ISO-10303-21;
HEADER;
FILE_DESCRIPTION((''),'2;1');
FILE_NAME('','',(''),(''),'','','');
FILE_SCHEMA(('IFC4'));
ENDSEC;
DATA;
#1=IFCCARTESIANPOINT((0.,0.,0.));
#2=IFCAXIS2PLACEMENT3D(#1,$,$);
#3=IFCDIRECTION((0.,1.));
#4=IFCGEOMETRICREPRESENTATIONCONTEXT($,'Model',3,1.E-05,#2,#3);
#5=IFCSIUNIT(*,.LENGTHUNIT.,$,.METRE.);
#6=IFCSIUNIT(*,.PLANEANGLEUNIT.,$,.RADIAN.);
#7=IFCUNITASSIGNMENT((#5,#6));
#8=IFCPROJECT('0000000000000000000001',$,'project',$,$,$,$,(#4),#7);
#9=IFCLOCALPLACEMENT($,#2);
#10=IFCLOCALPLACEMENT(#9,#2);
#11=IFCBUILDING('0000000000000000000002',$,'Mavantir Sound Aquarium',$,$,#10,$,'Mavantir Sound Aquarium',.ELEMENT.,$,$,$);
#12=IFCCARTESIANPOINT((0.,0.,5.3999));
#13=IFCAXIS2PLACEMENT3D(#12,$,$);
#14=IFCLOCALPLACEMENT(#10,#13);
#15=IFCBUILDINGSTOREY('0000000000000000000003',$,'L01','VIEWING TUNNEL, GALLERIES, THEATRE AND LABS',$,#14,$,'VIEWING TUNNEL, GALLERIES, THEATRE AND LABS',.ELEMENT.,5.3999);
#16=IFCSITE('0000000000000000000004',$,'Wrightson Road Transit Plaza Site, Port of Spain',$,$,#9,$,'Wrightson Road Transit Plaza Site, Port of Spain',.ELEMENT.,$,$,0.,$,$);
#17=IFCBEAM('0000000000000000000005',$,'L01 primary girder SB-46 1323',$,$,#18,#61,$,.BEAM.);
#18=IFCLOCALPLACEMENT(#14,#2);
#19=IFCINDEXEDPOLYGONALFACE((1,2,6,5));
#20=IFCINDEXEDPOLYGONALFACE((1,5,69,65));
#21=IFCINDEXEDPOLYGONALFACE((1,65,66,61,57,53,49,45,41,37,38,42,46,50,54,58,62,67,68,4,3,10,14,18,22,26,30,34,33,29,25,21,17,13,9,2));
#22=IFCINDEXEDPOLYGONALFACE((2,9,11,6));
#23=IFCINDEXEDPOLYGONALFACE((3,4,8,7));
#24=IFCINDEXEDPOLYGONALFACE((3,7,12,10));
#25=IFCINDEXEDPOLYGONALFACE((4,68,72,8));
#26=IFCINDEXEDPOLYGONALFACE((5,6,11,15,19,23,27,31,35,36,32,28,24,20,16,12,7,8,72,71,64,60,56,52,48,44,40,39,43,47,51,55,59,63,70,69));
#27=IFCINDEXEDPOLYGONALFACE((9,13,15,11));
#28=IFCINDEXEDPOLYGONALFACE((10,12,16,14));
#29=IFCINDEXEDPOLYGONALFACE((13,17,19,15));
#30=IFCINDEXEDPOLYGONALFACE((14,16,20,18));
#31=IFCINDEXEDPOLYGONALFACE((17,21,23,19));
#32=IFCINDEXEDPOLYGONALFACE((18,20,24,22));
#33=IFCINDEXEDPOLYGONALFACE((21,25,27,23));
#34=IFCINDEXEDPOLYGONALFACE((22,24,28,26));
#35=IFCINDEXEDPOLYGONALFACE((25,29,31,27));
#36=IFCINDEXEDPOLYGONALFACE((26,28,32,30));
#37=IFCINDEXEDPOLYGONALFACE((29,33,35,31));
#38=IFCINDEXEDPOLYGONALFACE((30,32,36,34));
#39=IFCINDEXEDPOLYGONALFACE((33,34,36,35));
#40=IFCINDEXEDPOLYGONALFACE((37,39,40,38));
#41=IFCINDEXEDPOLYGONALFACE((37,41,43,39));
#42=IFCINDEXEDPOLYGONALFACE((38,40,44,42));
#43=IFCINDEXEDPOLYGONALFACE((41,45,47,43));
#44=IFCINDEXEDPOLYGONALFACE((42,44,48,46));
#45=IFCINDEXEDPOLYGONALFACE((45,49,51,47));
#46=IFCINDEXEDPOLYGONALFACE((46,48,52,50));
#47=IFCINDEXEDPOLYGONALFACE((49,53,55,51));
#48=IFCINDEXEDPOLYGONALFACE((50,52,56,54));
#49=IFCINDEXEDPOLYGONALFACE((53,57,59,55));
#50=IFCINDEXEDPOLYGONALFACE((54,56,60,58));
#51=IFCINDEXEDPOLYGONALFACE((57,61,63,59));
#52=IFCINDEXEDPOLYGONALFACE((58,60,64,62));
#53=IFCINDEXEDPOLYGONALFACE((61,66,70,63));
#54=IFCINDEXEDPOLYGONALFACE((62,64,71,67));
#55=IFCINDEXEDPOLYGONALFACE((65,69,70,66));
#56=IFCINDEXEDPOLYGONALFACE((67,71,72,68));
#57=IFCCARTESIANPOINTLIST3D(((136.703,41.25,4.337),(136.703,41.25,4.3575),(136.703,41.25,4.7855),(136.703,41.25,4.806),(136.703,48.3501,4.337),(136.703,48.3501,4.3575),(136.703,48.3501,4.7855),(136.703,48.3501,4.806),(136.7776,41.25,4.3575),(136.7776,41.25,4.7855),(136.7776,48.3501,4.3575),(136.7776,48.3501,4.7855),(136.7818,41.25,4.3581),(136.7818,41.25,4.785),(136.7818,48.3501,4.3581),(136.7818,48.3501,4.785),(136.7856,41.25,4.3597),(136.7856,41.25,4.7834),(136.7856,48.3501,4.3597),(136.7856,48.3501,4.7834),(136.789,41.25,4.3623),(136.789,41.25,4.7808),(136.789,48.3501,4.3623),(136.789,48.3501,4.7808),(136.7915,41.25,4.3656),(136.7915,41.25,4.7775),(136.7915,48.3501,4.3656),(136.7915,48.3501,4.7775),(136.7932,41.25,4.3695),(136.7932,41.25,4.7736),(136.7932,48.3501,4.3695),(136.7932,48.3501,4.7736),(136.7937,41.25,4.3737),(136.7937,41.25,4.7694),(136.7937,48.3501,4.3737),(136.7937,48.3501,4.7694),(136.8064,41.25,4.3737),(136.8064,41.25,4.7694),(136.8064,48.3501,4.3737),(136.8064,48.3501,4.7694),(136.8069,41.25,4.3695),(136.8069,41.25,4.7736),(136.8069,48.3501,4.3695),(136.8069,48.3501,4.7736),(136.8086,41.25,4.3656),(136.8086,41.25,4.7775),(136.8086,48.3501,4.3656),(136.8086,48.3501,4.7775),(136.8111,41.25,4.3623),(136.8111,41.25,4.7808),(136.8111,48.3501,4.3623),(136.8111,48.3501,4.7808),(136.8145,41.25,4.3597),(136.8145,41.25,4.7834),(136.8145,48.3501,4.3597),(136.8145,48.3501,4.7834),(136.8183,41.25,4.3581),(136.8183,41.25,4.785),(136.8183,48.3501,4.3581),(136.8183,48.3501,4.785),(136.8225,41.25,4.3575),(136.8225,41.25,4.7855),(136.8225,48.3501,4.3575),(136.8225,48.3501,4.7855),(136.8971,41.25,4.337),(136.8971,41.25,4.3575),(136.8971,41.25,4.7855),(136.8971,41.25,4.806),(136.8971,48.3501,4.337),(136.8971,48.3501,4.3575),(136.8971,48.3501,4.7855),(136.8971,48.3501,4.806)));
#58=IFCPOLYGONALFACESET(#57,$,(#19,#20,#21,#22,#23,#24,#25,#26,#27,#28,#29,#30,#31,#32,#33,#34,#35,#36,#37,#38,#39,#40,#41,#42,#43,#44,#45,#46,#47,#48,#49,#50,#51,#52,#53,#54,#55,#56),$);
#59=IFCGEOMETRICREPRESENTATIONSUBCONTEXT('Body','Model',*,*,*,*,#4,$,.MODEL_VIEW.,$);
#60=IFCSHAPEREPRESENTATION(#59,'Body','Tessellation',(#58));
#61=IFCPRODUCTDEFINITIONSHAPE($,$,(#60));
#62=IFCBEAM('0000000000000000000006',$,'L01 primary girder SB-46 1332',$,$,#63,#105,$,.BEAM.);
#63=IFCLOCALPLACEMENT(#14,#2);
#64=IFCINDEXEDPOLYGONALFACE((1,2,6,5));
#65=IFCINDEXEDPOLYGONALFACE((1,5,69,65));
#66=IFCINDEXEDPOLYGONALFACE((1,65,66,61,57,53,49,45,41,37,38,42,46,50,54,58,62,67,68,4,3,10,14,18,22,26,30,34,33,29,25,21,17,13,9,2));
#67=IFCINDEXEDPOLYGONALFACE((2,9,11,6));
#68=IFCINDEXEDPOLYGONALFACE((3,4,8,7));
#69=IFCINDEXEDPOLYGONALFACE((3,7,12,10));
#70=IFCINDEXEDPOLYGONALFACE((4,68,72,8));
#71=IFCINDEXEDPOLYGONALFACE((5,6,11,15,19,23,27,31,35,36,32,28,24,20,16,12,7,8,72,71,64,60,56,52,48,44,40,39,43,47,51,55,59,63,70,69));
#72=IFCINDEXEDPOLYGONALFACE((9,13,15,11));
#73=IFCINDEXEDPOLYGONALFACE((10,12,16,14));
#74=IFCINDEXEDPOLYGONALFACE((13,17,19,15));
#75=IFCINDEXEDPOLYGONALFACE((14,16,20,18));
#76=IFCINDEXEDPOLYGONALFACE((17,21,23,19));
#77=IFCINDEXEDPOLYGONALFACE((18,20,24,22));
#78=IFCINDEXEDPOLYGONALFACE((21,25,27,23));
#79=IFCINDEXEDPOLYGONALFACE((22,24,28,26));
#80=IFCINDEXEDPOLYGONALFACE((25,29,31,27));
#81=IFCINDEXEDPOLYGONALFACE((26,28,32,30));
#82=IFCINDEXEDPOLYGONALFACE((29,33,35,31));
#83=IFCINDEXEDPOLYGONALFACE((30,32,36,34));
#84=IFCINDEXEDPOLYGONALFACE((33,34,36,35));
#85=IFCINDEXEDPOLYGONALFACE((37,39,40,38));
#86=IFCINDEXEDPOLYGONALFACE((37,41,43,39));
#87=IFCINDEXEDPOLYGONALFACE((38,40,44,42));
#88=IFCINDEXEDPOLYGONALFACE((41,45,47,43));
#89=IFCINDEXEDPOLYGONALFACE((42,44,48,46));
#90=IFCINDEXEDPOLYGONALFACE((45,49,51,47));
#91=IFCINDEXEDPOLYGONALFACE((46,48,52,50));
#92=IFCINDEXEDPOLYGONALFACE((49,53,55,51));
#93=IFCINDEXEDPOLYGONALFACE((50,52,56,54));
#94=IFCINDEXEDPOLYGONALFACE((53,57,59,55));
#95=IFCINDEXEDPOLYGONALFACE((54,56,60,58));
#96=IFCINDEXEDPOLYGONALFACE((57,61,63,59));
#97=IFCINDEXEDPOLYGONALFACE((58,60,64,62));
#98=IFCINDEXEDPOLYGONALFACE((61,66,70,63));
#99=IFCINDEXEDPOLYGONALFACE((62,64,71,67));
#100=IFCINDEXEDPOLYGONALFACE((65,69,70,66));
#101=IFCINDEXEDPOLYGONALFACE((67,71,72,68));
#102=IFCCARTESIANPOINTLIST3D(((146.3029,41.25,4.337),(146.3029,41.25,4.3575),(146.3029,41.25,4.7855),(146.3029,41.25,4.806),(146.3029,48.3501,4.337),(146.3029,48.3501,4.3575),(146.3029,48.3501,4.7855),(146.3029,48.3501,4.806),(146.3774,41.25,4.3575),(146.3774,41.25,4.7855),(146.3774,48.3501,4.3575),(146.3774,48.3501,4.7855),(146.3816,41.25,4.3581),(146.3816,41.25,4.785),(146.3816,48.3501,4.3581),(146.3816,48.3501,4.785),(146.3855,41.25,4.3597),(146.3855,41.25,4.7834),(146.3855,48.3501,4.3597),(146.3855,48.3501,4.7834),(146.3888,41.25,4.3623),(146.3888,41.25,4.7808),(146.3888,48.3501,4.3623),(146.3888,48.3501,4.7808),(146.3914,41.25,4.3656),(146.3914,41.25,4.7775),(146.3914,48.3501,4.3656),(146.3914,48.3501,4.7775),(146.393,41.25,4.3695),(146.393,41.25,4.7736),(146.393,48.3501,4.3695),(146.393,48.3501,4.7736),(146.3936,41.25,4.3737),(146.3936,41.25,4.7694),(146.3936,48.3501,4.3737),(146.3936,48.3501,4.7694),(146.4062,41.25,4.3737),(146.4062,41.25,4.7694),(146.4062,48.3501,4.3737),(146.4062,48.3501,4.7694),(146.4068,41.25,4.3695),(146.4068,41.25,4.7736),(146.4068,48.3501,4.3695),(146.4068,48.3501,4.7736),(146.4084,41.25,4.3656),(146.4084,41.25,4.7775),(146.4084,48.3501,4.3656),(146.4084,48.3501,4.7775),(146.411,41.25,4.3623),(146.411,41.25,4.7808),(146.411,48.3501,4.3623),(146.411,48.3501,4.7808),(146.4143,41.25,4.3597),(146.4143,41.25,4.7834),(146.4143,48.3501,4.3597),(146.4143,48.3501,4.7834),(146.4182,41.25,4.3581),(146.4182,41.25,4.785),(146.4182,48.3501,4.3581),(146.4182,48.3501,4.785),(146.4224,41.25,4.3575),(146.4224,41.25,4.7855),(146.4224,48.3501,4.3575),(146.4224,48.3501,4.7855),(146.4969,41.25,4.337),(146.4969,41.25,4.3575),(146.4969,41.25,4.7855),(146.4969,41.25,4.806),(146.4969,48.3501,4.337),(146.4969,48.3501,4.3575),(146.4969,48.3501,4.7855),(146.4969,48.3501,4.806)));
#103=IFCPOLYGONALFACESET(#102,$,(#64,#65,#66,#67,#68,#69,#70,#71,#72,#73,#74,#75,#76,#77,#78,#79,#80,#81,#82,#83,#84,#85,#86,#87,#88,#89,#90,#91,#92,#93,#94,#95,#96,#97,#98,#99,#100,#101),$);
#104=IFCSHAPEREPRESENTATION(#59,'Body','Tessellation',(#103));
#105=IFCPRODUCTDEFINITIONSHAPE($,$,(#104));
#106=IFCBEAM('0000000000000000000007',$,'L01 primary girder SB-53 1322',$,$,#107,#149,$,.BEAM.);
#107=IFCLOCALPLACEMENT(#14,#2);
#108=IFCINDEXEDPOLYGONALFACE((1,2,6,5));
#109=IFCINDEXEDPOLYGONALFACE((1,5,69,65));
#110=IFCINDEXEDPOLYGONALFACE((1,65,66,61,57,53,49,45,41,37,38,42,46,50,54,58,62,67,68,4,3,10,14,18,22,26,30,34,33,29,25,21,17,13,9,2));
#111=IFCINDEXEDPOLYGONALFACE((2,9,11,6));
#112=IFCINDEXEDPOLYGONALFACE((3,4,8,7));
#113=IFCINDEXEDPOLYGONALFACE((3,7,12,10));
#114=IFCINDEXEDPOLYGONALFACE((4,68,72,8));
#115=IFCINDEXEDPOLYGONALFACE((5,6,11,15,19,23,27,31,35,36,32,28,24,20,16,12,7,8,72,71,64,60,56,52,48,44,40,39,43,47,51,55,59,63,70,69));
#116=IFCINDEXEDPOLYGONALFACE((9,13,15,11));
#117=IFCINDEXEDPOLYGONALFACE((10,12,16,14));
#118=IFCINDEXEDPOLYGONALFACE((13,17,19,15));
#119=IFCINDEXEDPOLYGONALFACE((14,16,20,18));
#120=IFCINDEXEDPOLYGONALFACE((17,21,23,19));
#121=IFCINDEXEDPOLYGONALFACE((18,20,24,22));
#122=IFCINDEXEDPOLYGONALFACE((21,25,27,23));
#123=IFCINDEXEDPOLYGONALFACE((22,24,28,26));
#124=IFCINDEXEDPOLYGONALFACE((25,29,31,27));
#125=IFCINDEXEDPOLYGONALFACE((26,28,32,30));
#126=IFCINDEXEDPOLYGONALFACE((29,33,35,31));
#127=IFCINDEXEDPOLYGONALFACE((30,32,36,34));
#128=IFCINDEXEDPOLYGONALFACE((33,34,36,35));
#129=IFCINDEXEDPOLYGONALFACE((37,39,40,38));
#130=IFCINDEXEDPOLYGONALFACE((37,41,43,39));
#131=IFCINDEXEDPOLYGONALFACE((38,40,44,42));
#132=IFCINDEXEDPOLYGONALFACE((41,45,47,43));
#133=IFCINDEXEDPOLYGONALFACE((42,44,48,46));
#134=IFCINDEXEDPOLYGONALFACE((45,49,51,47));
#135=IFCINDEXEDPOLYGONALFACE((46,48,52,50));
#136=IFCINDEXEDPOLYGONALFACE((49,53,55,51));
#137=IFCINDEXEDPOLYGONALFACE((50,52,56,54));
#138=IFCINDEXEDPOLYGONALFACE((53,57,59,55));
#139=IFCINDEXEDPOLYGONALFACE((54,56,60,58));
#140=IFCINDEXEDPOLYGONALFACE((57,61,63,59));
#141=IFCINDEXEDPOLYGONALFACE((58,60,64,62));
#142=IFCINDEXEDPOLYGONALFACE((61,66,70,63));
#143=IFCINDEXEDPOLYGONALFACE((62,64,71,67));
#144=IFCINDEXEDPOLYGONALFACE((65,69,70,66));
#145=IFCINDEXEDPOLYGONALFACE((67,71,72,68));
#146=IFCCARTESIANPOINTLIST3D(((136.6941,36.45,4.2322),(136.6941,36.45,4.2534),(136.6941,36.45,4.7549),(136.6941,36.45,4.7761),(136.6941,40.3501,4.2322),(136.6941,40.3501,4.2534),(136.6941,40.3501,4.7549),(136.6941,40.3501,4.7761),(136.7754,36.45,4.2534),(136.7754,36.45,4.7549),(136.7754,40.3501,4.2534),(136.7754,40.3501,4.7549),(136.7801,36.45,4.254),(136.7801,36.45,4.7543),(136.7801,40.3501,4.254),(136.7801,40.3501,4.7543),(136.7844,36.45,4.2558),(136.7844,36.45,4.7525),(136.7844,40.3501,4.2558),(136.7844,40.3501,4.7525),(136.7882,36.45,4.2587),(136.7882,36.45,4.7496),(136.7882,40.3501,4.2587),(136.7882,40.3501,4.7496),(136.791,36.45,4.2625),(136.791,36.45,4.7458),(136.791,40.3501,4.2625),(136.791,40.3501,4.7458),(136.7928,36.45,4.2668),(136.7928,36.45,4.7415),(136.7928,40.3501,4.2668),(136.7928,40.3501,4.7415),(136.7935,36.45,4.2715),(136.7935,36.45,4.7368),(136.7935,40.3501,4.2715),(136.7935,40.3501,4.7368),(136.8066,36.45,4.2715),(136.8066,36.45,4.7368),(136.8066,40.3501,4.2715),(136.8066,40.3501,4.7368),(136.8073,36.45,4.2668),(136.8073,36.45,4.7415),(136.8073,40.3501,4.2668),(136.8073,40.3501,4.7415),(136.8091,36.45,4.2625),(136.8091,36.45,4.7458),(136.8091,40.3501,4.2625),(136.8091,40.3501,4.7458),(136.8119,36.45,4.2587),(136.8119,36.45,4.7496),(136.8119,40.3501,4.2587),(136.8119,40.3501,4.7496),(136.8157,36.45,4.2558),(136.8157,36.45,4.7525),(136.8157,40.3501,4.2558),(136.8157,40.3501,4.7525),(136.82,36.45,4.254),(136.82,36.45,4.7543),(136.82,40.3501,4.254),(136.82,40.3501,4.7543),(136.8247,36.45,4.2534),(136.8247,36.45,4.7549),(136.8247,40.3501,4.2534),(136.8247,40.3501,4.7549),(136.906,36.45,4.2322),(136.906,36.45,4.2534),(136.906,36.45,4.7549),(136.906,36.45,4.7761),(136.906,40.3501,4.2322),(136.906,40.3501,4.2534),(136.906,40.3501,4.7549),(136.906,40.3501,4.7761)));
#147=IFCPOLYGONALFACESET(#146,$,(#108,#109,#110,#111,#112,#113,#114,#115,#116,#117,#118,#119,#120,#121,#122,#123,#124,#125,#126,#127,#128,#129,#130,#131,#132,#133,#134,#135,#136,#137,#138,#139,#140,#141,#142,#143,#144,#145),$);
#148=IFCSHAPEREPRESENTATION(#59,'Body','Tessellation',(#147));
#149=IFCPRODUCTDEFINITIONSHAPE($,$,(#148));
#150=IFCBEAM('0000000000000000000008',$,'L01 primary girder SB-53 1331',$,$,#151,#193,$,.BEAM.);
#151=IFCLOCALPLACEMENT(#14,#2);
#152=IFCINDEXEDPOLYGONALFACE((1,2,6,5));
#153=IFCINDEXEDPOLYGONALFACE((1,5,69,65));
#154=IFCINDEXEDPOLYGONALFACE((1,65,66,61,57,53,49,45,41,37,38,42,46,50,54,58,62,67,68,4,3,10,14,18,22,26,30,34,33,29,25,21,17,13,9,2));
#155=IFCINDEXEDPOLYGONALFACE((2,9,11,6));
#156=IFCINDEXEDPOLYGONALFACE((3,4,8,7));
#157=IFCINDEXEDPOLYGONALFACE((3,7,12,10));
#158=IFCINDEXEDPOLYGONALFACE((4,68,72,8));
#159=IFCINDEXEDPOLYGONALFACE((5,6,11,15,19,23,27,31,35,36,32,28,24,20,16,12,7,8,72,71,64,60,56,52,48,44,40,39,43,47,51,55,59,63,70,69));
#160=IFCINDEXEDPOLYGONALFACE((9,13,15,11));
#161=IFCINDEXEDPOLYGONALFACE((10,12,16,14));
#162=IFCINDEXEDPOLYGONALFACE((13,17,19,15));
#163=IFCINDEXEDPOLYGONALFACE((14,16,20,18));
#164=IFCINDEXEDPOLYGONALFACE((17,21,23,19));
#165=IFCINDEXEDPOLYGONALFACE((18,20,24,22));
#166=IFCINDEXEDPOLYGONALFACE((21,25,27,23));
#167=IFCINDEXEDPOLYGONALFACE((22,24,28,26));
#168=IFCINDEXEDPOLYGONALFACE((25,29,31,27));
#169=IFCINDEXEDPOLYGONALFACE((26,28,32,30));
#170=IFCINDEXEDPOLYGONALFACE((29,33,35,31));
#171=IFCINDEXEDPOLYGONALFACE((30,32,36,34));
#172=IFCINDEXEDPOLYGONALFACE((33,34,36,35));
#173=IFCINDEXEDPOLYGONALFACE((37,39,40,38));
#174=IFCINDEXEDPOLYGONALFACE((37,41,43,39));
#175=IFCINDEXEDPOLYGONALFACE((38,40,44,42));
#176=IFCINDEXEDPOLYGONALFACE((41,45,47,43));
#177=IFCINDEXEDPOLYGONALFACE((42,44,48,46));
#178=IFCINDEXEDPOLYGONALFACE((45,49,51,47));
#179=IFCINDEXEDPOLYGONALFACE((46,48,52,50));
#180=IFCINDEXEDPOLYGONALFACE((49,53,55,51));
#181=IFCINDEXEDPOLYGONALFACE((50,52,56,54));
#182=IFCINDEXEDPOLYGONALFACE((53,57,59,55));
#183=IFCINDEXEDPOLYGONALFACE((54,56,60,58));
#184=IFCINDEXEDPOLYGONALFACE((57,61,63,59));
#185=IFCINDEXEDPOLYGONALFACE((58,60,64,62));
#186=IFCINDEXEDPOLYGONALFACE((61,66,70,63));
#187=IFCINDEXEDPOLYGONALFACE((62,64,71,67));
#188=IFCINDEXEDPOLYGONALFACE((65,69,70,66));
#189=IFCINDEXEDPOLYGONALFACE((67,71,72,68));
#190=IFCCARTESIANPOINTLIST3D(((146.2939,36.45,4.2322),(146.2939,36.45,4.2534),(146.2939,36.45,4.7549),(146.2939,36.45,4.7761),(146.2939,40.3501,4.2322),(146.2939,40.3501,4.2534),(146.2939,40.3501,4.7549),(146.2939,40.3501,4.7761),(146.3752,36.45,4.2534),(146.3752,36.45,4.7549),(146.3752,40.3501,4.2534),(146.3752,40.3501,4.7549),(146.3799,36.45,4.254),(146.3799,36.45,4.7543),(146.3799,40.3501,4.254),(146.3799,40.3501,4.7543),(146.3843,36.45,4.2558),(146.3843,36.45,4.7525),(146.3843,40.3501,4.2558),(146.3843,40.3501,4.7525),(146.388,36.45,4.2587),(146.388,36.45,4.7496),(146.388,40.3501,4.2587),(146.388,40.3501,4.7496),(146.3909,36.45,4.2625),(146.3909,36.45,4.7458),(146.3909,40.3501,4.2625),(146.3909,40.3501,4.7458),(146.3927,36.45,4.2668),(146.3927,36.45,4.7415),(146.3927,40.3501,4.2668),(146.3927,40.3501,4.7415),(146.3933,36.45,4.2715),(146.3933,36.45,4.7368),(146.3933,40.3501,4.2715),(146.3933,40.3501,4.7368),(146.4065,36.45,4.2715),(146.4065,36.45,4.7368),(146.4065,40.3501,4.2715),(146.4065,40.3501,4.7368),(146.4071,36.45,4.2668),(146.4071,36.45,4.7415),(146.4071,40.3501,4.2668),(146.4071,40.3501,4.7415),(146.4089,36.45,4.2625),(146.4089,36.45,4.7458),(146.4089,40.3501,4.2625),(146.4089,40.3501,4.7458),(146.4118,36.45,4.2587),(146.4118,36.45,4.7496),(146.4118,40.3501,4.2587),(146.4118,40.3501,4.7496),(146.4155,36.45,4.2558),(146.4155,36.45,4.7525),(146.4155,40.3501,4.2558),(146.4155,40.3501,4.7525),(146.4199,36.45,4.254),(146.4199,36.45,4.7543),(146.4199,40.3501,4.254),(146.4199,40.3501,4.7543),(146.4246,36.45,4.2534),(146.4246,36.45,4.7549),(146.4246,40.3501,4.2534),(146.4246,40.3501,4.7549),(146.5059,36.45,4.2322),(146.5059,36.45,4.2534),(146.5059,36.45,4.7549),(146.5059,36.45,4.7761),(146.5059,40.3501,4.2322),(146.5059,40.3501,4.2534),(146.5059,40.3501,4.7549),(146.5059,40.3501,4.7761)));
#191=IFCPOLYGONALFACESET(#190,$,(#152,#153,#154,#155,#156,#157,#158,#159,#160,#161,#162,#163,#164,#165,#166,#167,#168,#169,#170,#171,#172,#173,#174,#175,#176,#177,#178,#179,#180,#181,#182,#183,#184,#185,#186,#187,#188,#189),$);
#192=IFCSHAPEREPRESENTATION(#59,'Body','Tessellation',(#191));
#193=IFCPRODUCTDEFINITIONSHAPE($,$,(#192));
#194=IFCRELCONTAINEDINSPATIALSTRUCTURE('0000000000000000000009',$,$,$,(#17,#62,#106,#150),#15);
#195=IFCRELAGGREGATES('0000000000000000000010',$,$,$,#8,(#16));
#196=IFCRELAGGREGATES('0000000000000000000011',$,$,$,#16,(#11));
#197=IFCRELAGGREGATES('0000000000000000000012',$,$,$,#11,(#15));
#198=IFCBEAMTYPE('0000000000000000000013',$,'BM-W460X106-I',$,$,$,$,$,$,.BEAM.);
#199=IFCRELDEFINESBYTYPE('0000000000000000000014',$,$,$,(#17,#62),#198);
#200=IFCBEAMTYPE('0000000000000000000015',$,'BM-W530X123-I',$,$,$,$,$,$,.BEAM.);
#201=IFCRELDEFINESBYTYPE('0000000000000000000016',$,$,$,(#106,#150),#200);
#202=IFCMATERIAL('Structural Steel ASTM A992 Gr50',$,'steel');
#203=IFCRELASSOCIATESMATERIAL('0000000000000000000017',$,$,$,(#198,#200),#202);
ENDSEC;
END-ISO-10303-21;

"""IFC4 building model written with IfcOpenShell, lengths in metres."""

from ifc_helpers import new_model, si_unit, direction, frame, origin, origin_2d, place, context, subcontext, project, spatial, i_section, extrude, material, material_profile, profile_set, type_object, element, save


model = new_model("IFC4")

# Units and contexts
model_context = context("Model", 3, precision=1e-05, world=origin(), true_north=direction((0.0, 1.0)))
body_context = subcontext(model_context, "Body", "Model", "MODEL_VIEW")
ifc_project = project(units=[si_unit("LENGTHUNIT", "METRE"), si_unit("PLANEANGLEUNIT", "RADIAN")], contexts=[model_context])

# Site, building, storey
site_placement = place(None, origin())
site = spatial("IfcSite", under=ifc_project, at=site_placement, Name="Wrightson Road Transit Plaza Site, Port of Spain", LongName="Wrightson Road Transit Plaza Site, Port of Spain", CompositionType="ELEMENT", RefElevation=0.0)
building_placement = place(site_placement, origin())
building = spatial("IfcBuilding", under=site, at=building_placement, Name="Mavantir Sound Aquarium", LongName="Mavantir Sound Aquarium", CompositionType="ELEMENT")
storey_placement = place(building_placement, frame((0.0, 0.0, 5.3999)))
storey = spatial("IfcBuildingStorey", under=building, at=storey_placement, Name="L01", Description="VIEWING TUNNEL, GALLERIES, THEATRE AND LABS", LongName="VIEWING TUNNEL, GALLERIES, THEATRE AND LABS", CompositionType="ELEMENT", Elevation=5.3999)

# Beams
ifc_material_1 = material(Name="Structural Steel ASTM A992 Gr50", Category="steel")
ifc_material_profile_1 = material_profile(ifc_material_1, i_section(OverallWidth=0.1941, OverallDepth=0.469, WebThickness=0.0127, FlangeThickness=0.0205, FilletRadius=0.0161, at=origin_2d()), Name="W460X106")
ifc_profile_set_1 = profile_set([ifc_material_profile_1], Name="Structural Steel ASTM A992 Gr50")
beam_type_1 = type_object("IfcBeamType", Name="BM-W460X106-I", PredefinedType="BEAM", material=ifc_profile_set_1)
for number, where, z_axis, x_axis, name in (
    (1, (136.8, 41.25, 4.5715), (0.0, 1.0, 0.0), (-1.0, 0.0, 0.0), "L01 primary girder SB-46 1323"),
    (2, (146.3999, 41.25, 4.5715), (0.0, 1.0, 0.0), (-1.0, 0.0, 0.0), "L01 primary girder SB-46 1332"),
):
    element("IfcBeam", number, at=place(storey_placement, frame(where, z_axis=z_axis, x_axis=x_axis)), inside=storey, type_object=beam_type_1, Name=name, PredefinedType="BEAM", context=body_context, shape_type="SweptSolid", body=[
        extrude(i_section(OverallWidth=0.1941, OverallDepth=0.469, WebThickness=0.0127, FlangeThickness=0.0205, FilletRadius=0.0161, at=origin_2d()), origin(), (0.0, 0.0, 1.0), 7.1001),
    ])
ifc_material_profile_2 = material_profile(ifc_material_1, i_section(OverallWidth=0.2119, OverallDepth=0.5439, WebThickness=0.0132, FlangeThickness=0.0212, FilletRadius=0.0181, at=origin_2d()), Name="W530X123")
ifc_profile_set_2 = profile_set([ifc_material_profile_2], Name="Structural Steel ASTM A992 Gr50")
beam_type_2 = type_object("IfcBeamType", Name="BM-W530X123-I", PredefinedType="BEAM", material=ifc_profile_set_2)
for number, where, z_axis, x_axis, name in (
    (3, (136.8, 36.45, 4.5042), (0.0, 1.0, 0.0), (-1.0, 0.0, 0.0), "L01 primary girder SB-53 1322"),
    (4, (146.3999, 36.45, 4.5042), (0.0, 1.0, 0.0), (-1.0, 0.0, 0.0), "L01 primary girder SB-53 1331"),
):
    element("IfcBeam", number, at=place(storey_placement, frame(where, z_axis=z_axis, x_axis=x_axis)), inside=storey, type_object=beam_type_2, Name=name, PredefinedType="BEAM", context=body_context, shape_type="SweptSolid", body=[
        extrude(i_section(OverallWidth=0.2119, OverallDepth=0.5439, WebThickness=0.0132, FlangeThickness=0.0212, FilletRadius=0.0181, at=origin_2d()), origin(), (0.0, 0.0, 1.0), 3.9001),
    ])

save(model, "model.ifc")
